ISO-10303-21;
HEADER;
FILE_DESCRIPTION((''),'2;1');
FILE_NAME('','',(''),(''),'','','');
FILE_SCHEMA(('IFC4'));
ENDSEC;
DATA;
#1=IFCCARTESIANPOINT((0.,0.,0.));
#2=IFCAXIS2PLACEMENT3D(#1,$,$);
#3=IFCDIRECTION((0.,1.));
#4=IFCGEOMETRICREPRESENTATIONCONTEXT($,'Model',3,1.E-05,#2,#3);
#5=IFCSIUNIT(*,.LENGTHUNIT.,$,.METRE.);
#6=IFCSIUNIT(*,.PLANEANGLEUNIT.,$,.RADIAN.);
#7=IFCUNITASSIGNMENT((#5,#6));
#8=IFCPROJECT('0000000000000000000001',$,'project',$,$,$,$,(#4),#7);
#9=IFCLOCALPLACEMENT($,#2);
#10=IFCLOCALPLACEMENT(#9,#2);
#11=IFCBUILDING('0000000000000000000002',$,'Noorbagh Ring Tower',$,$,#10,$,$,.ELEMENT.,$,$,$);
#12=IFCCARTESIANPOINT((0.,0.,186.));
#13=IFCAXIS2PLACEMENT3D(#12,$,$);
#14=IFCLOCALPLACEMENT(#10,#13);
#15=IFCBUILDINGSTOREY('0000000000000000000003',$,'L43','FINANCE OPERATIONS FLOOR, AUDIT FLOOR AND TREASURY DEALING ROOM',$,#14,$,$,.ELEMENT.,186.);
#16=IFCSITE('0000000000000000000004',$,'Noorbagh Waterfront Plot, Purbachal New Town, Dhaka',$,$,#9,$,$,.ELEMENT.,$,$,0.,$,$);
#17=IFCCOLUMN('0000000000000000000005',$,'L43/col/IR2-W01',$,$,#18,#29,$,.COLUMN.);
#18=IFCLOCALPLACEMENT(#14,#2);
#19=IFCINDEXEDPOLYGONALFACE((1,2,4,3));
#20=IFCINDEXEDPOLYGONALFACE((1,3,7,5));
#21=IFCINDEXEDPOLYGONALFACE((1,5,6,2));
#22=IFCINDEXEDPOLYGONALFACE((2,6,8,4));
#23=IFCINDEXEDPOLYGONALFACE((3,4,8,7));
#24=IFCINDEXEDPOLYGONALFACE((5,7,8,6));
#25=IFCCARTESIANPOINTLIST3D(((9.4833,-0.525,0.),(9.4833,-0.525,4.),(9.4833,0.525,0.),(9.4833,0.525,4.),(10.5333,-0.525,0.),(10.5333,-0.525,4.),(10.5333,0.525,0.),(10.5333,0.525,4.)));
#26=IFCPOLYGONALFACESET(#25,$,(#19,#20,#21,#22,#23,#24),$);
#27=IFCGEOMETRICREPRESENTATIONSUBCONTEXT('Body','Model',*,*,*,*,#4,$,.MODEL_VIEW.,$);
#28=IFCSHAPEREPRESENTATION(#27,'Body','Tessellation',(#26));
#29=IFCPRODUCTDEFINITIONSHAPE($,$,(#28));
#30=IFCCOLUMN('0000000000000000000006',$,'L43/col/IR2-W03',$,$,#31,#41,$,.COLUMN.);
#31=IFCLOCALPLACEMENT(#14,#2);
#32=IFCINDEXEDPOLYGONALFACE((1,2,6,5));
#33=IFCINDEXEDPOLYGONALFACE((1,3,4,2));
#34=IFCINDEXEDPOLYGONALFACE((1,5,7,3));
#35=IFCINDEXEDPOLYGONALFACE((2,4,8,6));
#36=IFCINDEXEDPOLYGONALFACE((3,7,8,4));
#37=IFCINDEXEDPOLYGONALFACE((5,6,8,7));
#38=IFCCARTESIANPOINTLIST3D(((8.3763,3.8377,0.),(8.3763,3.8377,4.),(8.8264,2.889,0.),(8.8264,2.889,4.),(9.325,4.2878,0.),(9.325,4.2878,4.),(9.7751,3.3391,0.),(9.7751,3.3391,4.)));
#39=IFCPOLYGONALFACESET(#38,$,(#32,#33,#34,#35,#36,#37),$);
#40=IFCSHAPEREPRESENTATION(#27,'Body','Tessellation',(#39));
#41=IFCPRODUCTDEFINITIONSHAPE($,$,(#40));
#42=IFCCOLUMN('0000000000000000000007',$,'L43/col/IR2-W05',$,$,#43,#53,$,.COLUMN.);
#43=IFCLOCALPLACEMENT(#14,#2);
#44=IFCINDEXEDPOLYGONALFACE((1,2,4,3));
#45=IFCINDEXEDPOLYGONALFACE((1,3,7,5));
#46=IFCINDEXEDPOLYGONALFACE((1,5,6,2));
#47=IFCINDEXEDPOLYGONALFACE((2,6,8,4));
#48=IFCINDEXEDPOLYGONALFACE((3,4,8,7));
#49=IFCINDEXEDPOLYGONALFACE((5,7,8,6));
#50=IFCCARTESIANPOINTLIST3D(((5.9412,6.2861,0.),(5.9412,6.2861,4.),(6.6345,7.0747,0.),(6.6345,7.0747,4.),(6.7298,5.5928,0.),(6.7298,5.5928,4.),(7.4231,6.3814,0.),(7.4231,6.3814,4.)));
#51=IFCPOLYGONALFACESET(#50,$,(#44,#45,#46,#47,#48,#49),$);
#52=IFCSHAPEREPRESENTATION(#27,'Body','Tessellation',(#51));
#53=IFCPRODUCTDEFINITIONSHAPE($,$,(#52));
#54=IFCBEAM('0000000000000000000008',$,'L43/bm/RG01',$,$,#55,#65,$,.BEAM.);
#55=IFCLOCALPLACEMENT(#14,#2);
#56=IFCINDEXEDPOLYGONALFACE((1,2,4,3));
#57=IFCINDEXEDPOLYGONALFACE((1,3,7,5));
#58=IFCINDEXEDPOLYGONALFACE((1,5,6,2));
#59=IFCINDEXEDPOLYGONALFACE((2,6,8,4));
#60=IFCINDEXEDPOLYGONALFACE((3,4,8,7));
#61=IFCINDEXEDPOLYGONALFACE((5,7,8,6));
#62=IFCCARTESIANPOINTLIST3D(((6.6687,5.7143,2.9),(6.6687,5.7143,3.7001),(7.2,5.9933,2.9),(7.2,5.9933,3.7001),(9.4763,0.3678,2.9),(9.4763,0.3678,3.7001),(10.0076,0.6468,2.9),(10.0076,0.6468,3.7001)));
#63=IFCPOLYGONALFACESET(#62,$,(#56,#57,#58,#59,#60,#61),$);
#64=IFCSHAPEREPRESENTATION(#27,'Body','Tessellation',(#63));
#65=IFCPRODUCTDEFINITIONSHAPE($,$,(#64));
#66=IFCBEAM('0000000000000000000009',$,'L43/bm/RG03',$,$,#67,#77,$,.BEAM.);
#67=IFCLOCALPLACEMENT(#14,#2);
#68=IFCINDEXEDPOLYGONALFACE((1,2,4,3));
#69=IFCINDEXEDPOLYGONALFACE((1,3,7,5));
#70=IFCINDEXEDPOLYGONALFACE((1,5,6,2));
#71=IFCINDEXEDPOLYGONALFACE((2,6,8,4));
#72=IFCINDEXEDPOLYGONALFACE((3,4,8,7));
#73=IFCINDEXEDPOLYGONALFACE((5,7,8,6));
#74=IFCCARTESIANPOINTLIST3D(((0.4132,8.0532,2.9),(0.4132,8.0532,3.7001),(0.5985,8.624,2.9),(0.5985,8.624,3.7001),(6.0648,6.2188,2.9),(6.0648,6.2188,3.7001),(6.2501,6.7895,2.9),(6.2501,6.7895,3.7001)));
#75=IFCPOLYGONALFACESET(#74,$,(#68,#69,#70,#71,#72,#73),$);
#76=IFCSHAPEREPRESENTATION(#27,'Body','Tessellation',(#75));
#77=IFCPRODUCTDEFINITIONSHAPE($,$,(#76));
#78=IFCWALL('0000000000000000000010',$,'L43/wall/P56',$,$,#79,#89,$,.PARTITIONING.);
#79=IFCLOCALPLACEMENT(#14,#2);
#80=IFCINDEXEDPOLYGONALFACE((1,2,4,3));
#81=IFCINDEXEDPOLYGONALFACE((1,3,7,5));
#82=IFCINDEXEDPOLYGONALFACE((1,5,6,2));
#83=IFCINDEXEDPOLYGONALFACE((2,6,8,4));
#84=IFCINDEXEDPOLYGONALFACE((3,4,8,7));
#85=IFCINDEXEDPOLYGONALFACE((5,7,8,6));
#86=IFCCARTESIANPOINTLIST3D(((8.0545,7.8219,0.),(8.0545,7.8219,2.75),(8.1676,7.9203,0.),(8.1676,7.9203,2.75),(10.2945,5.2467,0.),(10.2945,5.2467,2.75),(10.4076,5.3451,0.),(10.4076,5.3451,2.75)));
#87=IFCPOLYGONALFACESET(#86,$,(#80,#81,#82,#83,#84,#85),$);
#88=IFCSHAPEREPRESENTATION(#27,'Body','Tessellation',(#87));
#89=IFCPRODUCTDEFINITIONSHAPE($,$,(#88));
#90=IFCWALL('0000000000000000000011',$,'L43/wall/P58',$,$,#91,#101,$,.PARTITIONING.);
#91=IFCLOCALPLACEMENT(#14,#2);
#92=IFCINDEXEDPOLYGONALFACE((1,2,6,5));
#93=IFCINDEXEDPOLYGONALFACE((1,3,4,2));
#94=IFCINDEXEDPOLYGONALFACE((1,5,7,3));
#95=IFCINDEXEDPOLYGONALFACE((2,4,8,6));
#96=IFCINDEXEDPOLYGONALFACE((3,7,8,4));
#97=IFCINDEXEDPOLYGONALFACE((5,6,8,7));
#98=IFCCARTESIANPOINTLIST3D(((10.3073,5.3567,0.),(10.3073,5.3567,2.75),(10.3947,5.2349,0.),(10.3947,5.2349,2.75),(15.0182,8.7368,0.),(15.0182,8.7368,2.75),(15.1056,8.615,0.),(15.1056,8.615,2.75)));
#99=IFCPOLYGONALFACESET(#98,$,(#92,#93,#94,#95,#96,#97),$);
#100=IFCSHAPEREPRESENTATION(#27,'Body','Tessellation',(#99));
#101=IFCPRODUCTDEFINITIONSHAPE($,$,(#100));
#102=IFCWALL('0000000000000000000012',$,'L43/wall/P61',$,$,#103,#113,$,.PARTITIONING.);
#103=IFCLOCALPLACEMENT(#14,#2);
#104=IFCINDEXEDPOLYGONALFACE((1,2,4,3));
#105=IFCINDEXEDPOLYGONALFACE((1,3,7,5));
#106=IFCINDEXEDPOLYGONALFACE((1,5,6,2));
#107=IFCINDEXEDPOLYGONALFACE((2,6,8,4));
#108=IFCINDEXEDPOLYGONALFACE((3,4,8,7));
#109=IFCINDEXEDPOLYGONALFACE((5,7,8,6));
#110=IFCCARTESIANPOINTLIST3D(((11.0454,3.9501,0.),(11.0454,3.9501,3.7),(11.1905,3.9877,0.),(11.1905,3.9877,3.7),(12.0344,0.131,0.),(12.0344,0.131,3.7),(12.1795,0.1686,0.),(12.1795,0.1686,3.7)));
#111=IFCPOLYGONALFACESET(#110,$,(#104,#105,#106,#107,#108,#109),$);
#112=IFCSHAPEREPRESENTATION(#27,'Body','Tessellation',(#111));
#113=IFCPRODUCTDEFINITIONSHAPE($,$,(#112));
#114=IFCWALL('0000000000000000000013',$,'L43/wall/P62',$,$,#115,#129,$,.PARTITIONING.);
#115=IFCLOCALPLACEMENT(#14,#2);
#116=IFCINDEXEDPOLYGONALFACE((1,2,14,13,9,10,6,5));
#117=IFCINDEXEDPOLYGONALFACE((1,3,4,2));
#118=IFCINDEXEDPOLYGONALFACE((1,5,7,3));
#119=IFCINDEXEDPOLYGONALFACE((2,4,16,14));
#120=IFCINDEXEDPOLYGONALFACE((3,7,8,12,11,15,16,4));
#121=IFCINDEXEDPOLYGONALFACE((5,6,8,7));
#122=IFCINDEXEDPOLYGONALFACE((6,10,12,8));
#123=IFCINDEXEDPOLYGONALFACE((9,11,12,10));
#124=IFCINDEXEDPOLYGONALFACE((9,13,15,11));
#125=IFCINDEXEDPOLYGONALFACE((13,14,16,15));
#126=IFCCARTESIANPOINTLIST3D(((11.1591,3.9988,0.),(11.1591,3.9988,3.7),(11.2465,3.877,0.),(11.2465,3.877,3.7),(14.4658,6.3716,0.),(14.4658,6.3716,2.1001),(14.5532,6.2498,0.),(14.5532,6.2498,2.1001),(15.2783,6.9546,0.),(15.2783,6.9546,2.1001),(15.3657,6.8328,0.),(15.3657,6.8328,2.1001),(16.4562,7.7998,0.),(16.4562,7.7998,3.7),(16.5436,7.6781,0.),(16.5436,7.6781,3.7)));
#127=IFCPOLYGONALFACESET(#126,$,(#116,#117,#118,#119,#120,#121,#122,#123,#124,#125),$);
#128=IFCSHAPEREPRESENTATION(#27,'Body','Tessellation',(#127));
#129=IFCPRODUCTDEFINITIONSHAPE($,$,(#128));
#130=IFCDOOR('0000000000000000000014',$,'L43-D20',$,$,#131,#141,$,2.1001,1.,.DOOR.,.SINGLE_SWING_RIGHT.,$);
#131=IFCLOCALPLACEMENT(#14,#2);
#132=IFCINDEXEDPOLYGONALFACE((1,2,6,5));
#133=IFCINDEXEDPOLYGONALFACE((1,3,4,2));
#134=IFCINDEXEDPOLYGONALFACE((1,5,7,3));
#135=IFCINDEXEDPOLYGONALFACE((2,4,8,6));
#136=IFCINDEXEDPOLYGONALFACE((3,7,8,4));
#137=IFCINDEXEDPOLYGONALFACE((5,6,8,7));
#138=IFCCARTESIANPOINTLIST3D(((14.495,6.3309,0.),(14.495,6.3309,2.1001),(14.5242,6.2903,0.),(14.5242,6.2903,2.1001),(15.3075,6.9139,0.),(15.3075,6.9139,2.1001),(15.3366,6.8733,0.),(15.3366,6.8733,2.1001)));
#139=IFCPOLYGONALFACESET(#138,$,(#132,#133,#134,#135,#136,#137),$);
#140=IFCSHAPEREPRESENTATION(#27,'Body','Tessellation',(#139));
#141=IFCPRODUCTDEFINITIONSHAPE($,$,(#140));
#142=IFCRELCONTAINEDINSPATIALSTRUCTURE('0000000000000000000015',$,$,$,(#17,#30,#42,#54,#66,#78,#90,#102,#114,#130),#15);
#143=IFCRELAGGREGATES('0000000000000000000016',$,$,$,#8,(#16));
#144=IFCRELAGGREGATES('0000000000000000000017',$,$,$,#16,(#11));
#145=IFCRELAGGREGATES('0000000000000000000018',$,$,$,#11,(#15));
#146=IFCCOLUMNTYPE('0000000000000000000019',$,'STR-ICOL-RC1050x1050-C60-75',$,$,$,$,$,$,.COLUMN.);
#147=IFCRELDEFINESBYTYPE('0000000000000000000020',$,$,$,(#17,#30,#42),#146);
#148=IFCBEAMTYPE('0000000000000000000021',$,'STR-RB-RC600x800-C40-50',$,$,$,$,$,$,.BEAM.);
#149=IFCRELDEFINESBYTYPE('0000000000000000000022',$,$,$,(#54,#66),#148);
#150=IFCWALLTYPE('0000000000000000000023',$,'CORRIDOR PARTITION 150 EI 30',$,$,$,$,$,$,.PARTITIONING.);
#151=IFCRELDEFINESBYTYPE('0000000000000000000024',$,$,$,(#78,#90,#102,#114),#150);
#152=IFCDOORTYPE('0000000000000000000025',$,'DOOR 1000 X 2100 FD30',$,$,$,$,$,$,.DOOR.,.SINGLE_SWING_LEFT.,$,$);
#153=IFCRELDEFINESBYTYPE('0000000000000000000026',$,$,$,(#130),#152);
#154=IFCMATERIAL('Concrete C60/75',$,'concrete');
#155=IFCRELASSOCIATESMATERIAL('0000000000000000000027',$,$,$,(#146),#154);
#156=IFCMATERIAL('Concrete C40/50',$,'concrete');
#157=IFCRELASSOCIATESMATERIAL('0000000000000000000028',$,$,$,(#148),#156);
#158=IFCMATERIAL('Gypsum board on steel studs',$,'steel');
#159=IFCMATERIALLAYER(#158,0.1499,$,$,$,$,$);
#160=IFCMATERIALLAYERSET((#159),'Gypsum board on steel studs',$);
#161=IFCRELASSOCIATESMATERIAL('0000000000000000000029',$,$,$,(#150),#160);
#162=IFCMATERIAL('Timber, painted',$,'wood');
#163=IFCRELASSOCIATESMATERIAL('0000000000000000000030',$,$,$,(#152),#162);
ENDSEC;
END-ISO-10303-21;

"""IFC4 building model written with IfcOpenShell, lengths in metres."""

from ifc_helpers import new_model, si_unit, direction, frame, frame_2d, origin, origin_2d, place, context, subcontext, project, spatial, rectangle, extrude, material, layer, layer_set, material_profile, profile_set, type_object, element, fill, save


model = new_model("IFC4")

# Units and contexts
model_context = context("Model", 3, precision=1e-05, world=origin(), true_north=direction((0.0, 1.0)))
body_context = subcontext(model_context, "Body", "Model", "MODEL_VIEW")
ifc_project = project(units=[si_unit("LENGTHUNIT", "METRE"), si_unit("PLANEANGLEUNIT", "RADIAN")], contexts=[model_context])

# Site, building, storey
site_placement = place(None, origin())
site = spatial("IfcSite", under=ifc_project, at=site_placement, Name="Noorbagh Waterfront Plot, Purbachal New Town, Dhaka", CompositionType="ELEMENT", RefElevation=0.0)
building_placement = place(site_placement, origin())
building = spatial("IfcBuilding", under=site, at=building_placement, Name="Noorbagh Ring Tower", CompositionType="ELEMENT")
storey_placement = place(building_placement, frame((0.0, 0.0, 186.0)))
storey = spatial("IfcBuildingStorey", under=building, at=storey_placement, Name="L43", Description="FINANCE OPERATIONS FLOOR, AUDIT FLOOR AND TREASURY DEALING ROOM", CompositionType="ELEMENT", Elevation=186.0)

# Columns
ifc_material_1 = material(Name="Concrete C60/75", Category="concrete")
ifc_material_profile_1 = material_profile(ifc_material_1, rectangle(XDim=1.05, YDim=1.05, at=origin_2d()), Name="RC1050x1050")
ifc_profile_set_1 = profile_set([ifc_material_profile_1], Name="Concrete C60/75")
column_type = type_object("IfcColumnType", Name="STR-ICOL-RC1050x1050-C60-75", PredefinedType="COLUMN", material=ifc_profile_set_1)
for number, where, z_axis, x_axis, name in (
    (1, (10.0083, 0.0, 0.0), (0.0, 0.0, 1.0), (0.0, 1.0, 0.0), "L43/col/IR2-W01"),
    (2, (9.0757, 3.5884, 0.0), (0.0, 0.0, 1.0), (-0.428667, 0.903463, 0.0), "L43/col/IR2-W03"),
    (3, (6.6821, 6.3337, 0.0), (0.0, 0.0, 1.0), (-0.751022, 0.660277, 0.0), "L43/col/IR2-W05"),
):
    element("IfcColumn", number, at=place(storey_placement, frame(where, z_axis=z_axis, x_axis=x_axis)), inside=storey, type_object=column_type, Name=name, PredefinedType="COLUMN", context=body_context, shape_type="SweptSolid", body=[
        extrude(rectangle(XDim=1.05, YDim=1.05, at=origin_2d()), origin(), (0.0, 0.0, 1.0), 4.0),
    ])

# Beams
ifc_material_2 = material(Name="Concrete C40/50", Category="concrete")
ifc_material_profile_2 = material_profile(ifc_material_2, rectangle(XDim=0.6001, YDim=0.8, at=origin_2d()), Name="RC600x800")
ifc_profile_set_2 = profile_set([ifc_material_profile_2], Name="Concrete C40/50")
beam_type = type_object("IfcBeamType", Name="STR-RB-RC600x800-C40-50", PredefinedType="BEAM", material=ifc_profile_set_2)
beam_1_placement = place(storey_placement, frame((9.7419, 0.5073, 3.3), z_axis=(-0.46493, 0.885348, 0.0), x_axis=(-0.885348, -0.46493, 0.0)))
element("IfcBeam", 4, at=beam_1_placement, inside=storey, type_object=beam_type, Name="L43/bm/RG01", PredefinedType="BEAM", context=body_context, shape_type="SweptSolid", body=[
    extrude(rectangle(XDim=0.6001, YDim=0.8, at=origin_2d()), origin(), (0.0, 0.0, 1.0), 6.0388),
])
beam_2_placement = place(storey_placement, frame((6.1575, 6.5042, 3.3), z_axis=(-0.951148, 0.308736, 0.0), x_axis=(-0.308736, -0.951148, 0.0)))
element("IfcBeam", 5, at=beam_2_placement, inside=storey, type_object=beam_type, Name="L43/bm/RG03", PredefinedType="BEAM", context=body_context, shape_type="SweptSolid", body=[
    extrude(rectangle(XDim=0.6001, YDim=0.8, at=origin_2d()), origin(), (0.0, 0.0, 1.0), 5.9419),
])

# Walls
ifc_material_3 = material(Name="Gypsum board on steel studs", Category="steel")
ifc_layer = layer(ifc_material_3, 0.1499)
ifc_layer_set = layer_set([ifc_layer], Name="Gypsum board on steel studs")
wall_type = type_object("IfcWallType", Name="CORRIDOR PARTITION 150 EI 30", PredefinedType="PARTITIONING", material=ifc_layer_set)
wall_1_placement = place(storey_placement, frame((8.1111, 7.8711, 0.0), z_axis=(0.0, 0.0, 1.0), x_axis=(0.656294, -0.754505, 0.0)))
element("IfcWall", 6, at=wall_1_placement, inside=storey, type_object=wall_type, Name="L43/wall/P56", PredefinedType="PARTITIONING", context=body_context, shape_type="SweptSolid", body=[
    extrude(rectangle(XDim=3.4131, YDim=0.1499, at=frame_2d((1.7065, 0.0))), origin(), (0.0, 0.0, 1.0), 2.75),
])
wall_2_placement = place(storey_placement, frame((10.3511, 5.2959, 0.0), z_axis=(0.0, 0.0, 1.0), x_axis=(0.812494, 0.58297, 0.0)))
element("IfcWall", 7, at=wall_2_placement, inside=storey, type_object=wall_type, Name="L43/wall/P58", PredefinedType="PARTITIONING", context=body_context, shape_type="SweptSolid", body=[
    extrude(rectangle(XDim=5.7981, YDim=0.1499, at=frame_2d((2.8989, 0.0))), origin(), (0.0, 0.0, 1.0), 2.75),
])
wall_3_placement = place(storey_placement, frame((11.1179, 3.969, 0.0), z_axis=(0.0, 0.0, 1.0), x_axis=(0.250696, -0.968066, 0.0)))
element("IfcWall", 8, at=wall_3_placement, inside=storey, type_object=wall_type, Name="L43/wall/P61", PredefinedType="PARTITIONING", context=body_context, shape_type="SweptSolid", body=[
    extrude(rectangle(XDim=3.9451, YDim=0.1499, at=frame_2d((1.9727, 0.0))), origin(), (0.0, 0.0, 1.0), 3.7),
])

# Wall, opening, door
wall_4_placement = place(storey_placement, frame((11.2029, 3.938, 0.0), z_axis=(0.0, 0.0, 1.0), x_axis=(0.812472, 0.583001, 0.0)))
wall_4 = element("IfcWall", 9, at=wall_4_placement, inside=storey, type_object=wall_type, Name="L43/wall/P62", PredefinedType="PARTITIONING", context=body_context, shape_type="SweptSolid", body=[
    extrude(rectangle(XDim=6.5198, YDim=0.1499, at=frame_2d((3.2598, 0.0))), origin(), (0.0, 0.0, 1.0), 3.7),
])
opening_placement = place(wall_4_placement, frame((4.0698, 0.0, 0.0)))
opening = element("IfcOpeningElement", 10, at=opening_placement, cuts=wall_4, PredefinedType="OPENING", context=body_context, shape_type="SweptSolid", body=[
    extrude(rectangle(XDim=1.0, YDim=2.1001, at=frame_2d((0.5, 1.05))), frame((0.0, 0.085, 0.0), z_axis=(0.0, -1.0, 0.0), x_axis=(1.0, 0.0, 0.0)), (0.0, 0.0, 1.0), 0.1699),
])
ifc_material_4 = material(Name="Timber, painted", Category="wood")
door_type = type_object("IfcDoorType", Name="DOOR 1000 X 2100 FD30", OperationType="SINGLE_SWING_LEFT", PredefinedType="DOOR", material=ifc_material_4)
door_placement = place(opening_placement, origin())
door = element("IfcDoor", 11, at=door_placement, inside=storey, type_object=door_type, Name="L43-D20", OperationType="SINGLE_SWING_RIGHT", OverallHeight=2.1001, OverallWidth=1.0, PredefinedType="DOOR", context=body_context, shape_type="SweptSolid", body=[
    extrude(rectangle(XDim=1.0, YDim=2.1001, at=frame_2d((0.5, 1.05))), frame((0.0, 0.0249, 0.0), z_axis=(0.0, -1.0, 0.0), x_axis=(1.0, 0.0, 0.0)), (0.0, 0.0, 1.0), 0.05),
])
fill(opening, door)

save(model, "model.ifc")
